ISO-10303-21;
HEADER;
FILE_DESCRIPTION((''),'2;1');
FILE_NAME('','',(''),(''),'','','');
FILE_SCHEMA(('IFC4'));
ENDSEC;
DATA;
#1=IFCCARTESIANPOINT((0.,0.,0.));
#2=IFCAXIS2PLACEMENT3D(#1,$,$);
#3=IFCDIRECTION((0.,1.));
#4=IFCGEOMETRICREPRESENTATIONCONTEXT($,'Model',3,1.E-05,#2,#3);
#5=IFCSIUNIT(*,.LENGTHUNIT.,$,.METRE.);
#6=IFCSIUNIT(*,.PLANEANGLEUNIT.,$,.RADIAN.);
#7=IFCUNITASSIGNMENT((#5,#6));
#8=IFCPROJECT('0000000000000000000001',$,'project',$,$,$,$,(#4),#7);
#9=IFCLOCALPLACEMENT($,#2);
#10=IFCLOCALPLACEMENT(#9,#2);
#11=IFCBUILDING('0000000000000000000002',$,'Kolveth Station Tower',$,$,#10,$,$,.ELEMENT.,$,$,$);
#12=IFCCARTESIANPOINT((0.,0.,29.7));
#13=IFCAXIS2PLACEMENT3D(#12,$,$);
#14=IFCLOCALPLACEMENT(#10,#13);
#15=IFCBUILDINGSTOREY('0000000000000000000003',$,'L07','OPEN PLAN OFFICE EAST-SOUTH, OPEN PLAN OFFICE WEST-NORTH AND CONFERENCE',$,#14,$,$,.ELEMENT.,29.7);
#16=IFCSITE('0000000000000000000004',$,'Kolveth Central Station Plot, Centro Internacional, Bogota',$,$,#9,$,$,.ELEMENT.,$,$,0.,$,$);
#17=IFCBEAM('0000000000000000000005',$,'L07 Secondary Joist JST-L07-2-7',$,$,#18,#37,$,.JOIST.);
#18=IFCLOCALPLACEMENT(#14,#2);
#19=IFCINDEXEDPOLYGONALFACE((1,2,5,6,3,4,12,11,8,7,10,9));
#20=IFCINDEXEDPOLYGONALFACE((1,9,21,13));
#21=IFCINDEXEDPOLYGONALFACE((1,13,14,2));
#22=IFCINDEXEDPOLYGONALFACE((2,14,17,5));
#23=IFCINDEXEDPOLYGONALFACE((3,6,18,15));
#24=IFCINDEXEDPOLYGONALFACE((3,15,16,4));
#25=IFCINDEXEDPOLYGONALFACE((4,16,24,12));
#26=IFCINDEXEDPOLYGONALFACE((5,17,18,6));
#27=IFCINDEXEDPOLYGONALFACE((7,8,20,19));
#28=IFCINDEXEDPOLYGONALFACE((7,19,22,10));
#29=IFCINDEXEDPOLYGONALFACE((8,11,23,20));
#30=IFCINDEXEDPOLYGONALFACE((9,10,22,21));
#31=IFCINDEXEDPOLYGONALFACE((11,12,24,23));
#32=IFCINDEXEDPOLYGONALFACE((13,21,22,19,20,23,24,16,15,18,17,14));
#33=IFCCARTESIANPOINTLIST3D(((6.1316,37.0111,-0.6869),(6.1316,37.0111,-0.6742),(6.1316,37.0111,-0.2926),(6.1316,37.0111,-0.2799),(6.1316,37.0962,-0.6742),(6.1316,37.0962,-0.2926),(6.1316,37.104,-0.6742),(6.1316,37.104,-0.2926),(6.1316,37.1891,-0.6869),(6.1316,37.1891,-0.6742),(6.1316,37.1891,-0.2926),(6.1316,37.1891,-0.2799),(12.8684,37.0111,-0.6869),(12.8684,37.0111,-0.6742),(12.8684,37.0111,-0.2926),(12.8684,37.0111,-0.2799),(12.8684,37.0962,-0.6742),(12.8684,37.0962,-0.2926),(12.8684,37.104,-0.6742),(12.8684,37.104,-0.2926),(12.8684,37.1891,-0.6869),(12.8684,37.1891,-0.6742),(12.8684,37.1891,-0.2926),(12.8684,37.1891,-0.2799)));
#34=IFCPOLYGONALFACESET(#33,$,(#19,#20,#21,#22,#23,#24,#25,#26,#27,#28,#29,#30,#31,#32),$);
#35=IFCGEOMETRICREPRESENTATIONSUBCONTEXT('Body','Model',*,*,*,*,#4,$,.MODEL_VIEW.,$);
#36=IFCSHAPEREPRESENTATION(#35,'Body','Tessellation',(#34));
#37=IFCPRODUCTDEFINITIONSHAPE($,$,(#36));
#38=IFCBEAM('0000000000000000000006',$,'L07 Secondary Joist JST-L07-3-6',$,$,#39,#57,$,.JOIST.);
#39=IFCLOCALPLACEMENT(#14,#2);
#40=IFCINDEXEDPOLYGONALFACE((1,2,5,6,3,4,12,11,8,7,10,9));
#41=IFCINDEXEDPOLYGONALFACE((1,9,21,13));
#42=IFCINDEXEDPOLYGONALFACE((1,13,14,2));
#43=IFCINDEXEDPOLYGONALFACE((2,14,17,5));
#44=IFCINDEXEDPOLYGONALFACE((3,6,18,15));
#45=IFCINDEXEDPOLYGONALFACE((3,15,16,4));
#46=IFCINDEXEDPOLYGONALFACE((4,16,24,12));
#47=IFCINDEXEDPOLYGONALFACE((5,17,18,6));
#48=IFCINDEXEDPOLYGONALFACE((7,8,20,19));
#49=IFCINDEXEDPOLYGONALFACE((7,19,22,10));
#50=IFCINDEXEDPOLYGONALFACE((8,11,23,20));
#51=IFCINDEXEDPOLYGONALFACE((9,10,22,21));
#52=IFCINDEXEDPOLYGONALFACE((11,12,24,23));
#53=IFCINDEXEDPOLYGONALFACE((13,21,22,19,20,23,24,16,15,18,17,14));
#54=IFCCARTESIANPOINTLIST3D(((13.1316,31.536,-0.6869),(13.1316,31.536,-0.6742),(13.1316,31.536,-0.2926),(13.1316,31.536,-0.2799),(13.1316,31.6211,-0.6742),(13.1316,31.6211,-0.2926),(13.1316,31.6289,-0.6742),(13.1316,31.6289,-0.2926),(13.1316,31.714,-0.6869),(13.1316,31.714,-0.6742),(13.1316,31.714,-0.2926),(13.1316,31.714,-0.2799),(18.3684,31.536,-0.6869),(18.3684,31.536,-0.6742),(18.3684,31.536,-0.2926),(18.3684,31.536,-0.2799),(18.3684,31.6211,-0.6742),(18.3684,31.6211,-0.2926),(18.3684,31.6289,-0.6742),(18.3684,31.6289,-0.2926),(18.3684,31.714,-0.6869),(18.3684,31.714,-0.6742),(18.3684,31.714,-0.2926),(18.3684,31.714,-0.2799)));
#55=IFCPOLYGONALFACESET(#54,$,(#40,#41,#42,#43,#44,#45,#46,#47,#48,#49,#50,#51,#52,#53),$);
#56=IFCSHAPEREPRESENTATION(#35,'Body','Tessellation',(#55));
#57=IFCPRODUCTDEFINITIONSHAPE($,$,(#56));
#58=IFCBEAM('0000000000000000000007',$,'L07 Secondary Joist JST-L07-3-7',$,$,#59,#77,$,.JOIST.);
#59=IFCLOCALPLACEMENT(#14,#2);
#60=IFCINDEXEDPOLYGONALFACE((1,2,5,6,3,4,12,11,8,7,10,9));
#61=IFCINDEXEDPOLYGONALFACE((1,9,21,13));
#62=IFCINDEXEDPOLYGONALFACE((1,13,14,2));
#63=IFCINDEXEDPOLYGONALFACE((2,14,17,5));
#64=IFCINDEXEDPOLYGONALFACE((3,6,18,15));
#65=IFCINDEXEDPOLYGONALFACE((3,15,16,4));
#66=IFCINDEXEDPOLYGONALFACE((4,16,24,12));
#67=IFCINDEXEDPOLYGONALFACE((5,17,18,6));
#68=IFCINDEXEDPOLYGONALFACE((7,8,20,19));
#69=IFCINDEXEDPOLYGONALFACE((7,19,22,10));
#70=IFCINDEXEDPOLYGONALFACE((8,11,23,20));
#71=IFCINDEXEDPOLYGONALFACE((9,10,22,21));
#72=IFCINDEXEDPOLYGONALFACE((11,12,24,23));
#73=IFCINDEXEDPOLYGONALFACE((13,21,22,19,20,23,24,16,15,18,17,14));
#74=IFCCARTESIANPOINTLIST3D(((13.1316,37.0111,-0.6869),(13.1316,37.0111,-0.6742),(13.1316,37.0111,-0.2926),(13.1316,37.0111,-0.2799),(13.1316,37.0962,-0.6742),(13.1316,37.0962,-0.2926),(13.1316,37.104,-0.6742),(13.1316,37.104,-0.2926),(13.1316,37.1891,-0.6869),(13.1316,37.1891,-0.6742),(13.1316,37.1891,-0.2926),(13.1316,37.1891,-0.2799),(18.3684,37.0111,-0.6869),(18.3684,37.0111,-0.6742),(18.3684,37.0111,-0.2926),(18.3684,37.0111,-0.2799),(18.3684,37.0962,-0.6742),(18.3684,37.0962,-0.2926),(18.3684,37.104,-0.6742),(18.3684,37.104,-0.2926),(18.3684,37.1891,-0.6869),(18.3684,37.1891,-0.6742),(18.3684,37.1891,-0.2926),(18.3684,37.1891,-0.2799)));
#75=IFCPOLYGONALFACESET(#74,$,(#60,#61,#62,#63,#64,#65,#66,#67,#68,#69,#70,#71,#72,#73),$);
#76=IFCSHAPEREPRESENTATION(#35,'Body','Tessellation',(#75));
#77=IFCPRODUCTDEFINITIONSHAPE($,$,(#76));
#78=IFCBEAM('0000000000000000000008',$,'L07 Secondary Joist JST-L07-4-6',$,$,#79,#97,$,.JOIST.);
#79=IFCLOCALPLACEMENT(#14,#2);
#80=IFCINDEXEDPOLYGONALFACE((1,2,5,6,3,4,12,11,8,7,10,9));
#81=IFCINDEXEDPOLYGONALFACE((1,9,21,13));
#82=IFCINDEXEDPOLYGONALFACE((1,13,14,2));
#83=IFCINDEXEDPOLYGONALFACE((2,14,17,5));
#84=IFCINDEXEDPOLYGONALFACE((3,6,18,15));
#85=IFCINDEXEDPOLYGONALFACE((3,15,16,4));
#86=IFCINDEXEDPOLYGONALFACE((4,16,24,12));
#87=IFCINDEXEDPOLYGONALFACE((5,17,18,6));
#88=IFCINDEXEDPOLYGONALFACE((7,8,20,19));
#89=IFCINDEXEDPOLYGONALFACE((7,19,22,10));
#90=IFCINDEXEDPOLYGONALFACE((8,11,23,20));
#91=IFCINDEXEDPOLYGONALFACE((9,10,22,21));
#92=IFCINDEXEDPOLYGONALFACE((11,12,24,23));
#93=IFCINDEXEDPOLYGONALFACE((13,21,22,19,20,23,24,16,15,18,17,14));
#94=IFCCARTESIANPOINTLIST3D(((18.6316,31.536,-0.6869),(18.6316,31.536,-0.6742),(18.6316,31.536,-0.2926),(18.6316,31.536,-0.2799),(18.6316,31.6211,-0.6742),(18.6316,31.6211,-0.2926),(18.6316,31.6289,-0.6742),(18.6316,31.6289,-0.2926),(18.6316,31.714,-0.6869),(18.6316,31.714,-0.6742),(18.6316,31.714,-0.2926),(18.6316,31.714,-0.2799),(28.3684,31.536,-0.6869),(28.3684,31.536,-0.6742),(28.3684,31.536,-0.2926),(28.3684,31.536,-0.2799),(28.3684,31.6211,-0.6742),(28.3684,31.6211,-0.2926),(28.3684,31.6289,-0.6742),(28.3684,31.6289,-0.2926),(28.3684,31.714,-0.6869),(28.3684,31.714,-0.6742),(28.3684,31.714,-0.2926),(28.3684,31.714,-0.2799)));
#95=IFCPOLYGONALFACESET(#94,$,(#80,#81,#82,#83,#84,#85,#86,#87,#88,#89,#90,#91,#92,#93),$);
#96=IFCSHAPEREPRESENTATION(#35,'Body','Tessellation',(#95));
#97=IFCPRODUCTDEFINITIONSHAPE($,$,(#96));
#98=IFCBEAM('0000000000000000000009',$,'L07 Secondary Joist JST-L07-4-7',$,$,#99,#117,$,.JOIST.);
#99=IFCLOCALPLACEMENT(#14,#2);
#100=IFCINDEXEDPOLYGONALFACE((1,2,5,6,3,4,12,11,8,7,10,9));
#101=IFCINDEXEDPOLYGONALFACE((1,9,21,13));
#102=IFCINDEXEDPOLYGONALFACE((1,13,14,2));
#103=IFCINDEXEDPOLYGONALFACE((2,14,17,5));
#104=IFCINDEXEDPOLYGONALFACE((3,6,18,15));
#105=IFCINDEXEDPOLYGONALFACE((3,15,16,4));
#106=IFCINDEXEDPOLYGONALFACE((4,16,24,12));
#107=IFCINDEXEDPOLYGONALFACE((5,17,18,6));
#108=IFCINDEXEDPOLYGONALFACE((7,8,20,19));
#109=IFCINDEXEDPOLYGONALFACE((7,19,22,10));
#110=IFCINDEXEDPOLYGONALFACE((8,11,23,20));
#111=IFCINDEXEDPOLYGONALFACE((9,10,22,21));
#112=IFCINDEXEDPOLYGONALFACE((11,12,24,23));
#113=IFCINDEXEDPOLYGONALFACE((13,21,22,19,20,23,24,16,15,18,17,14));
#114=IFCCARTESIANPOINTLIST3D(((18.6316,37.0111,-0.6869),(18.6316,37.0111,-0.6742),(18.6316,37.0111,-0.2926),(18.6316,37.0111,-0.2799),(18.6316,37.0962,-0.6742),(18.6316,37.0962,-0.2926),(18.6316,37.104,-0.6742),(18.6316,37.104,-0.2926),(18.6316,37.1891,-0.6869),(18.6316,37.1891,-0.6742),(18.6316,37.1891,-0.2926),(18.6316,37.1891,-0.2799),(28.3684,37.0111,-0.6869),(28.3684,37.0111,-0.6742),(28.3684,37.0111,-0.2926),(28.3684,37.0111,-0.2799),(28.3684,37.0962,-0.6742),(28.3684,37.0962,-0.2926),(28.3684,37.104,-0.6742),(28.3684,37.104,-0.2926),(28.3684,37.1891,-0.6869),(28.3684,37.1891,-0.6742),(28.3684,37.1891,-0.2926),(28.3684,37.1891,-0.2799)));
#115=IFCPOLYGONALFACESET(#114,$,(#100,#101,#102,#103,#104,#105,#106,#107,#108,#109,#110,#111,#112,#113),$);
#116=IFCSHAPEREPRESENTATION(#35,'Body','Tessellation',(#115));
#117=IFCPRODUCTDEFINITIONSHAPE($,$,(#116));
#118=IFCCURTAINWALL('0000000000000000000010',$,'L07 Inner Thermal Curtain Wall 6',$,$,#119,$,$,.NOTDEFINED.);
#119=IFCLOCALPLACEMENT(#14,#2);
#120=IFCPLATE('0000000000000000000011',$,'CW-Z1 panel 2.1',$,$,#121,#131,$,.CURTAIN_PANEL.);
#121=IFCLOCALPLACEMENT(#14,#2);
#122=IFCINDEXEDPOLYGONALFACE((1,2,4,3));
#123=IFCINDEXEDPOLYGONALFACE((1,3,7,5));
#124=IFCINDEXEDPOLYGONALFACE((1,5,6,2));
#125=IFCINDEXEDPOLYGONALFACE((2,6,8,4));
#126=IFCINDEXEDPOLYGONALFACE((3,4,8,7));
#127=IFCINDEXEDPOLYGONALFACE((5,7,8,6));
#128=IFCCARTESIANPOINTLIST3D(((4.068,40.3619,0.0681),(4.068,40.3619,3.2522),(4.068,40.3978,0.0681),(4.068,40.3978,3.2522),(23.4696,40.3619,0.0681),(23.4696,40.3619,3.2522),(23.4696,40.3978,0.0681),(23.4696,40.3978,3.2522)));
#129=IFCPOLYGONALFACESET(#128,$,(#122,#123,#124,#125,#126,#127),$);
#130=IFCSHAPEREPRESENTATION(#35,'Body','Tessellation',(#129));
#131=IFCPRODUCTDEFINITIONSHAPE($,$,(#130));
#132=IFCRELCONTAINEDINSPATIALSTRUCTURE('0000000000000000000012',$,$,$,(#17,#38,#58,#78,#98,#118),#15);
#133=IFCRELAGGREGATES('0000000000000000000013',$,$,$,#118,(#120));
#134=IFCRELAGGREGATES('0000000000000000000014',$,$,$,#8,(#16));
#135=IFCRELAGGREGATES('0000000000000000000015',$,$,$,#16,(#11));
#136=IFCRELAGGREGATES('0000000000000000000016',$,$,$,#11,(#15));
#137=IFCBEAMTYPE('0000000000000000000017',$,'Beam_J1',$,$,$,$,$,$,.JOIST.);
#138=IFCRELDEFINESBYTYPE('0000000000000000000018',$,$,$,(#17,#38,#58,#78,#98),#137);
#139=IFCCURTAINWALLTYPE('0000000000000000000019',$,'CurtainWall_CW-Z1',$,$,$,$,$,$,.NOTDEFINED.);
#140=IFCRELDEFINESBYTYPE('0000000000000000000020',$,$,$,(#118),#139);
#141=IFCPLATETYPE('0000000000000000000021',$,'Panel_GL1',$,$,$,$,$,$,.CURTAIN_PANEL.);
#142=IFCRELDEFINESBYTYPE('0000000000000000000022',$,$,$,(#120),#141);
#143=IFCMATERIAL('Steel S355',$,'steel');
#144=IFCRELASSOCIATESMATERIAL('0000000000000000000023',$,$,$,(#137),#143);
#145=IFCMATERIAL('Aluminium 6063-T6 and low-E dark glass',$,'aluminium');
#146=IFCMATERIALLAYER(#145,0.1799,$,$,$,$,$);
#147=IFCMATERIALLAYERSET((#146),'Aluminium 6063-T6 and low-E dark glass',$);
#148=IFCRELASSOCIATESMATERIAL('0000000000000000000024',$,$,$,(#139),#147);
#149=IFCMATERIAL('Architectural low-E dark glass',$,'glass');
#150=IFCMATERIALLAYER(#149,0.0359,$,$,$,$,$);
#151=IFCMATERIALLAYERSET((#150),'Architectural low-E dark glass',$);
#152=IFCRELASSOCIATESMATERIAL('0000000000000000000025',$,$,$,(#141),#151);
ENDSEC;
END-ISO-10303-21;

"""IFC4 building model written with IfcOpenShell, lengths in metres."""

from ifc_helpers import new_model, si_unit, direction, frame, origin, origin_2d, place, context, subcontext, project, spatial, rectangle, i_section, extrude, source, transform, mapped, material, layer, layer_set, material_profile, profile_set, type_object, element, aggregate, save


model = new_model("IFC4")

# Units and contexts
model_context = context("Model", 3, precision=1e-05, world=origin(), true_north=direction((0.0, 1.0)))
body_context = subcontext(model_context, "Body", "Model", "MODEL_VIEW")
ifc_project = project(units=[si_unit("LENGTHUNIT", "METRE"), si_unit("PLANEANGLEUNIT", "RADIAN")], contexts=[model_context])

# Site, building, storey
site_placement = place(None, origin())
site = spatial("IfcSite", under=ifc_project, at=site_placement, Name="Kolveth Central Station Plot, Centro Internacional, Bogota", CompositionType="ELEMENT", RefElevation=0.0)
building_placement = place(site_placement, origin())
building = spatial("IfcBuilding", under=site, at=building_placement, Name="Kolveth Station Tower", CompositionType="ELEMENT")
storey_placement = place(building_placement, frame((0.0, 0.0, 29.7)))
storey = spatial("IfcBuildingStorey", under=building, at=storey_placement, Name="L07", Description="OPEN PLAN OFFICE EAST-SOUTH, OPEN PLAN OFFICE WEST-NORTH AND CONFERENCE", CompositionType="ELEMENT", Elevation=29.7)

# Shared definitions
ifc_material_1 = material(Name="Steel S355", Category="steel")

# Beams
ifc_material_profile_1 = material_profile(ifc_material_1, i_section(OverallWidth=0.178, OverallDepth=0.407, WebThickness=0.0078, FlangeThickness=0.0127, at=origin_2d()), Name="W410x60")
ifc_profile_set_1 = profile_set([ifc_material_profile_1], Name="Steel S355")
beam_type_1 = type_object("IfcBeamType", Name="Beam_J1", PredefinedType="JOIST", material=ifc_profile_set_1)
shared_shape_1 = source(origin(), body_context, "Body", "SweptSolid", [
    extrude(i_section(OverallWidth=0.178, OverallDepth=0.407, WebThickness=0.0078, FlangeThickness=0.0127, at=origin_2d()), origin(), (0.0, 0.0, 1.0), 6.7368),
])
for number, where, z_axis, x_axis, name in (
    (1, (6.1316, 37.1001, -0.4834), (1.0, 0.0, 0.0), (0.0, 1.0, 0.0), "L07 Secondary Joist JST-L07-2-7"),
):
    element("IfcBeam", number, at=place(storey_placement, frame(where, z_axis=z_axis, x_axis=x_axis)), inside=storey, type_object=beam_type_1, Name=name, PredefinedType="JOIST", context=body_context, shape_type="MappedRepresentation", body=[
        mapped(shared_shape_1, transform((0.0, 0.0, 0.0), x_axis=(1.0, 0.0, 0.0), y_axis=(0.0, 1.0, 0.0), z_axis=(0.0, 0.0, 1.0), scale=1.0)),
    ])
shared_shape_2 = source(origin(), body_context, "Body", "SweptSolid", [
    extrude(i_section(OverallWidth=0.178, OverallDepth=0.407, WebThickness=0.0078, FlangeThickness=0.0127, at=origin_2d()), origin(), (0.0, 0.0, 1.0), 5.2368),
])
for number, where, z_axis, x_axis, name in (
    (2, (13.1316, 31.625, -0.4834), (1.0, 0.0, 0.0), (0.0, 1.0, 0.0), "L07 Secondary Joist JST-L07-3-6"),
    (3, (13.1316, 37.1001, -0.4834), (1.0, 0.0, 0.0), (0.0, 1.0, 0.0), "L07 Secondary Joist JST-L07-3-7"),
):
    element("IfcBeam", number, at=place(storey_placement, frame(where, z_axis=z_axis, x_axis=x_axis)), inside=storey, type_object=beam_type_1, Name=name, PredefinedType="JOIST", context=body_context, shape_type="MappedRepresentation", body=[
        mapped(shared_shape_2, transform((0.0, 0.0, 0.0), x_axis=(1.0, 0.0, 0.0), y_axis=(0.0, 1.0, 0.0), z_axis=(0.0, 0.0, 1.0), scale=1.0)),
    ])
shared_shape_3 = source(origin(), body_context, "Body", "SweptSolid", [
    extrude(i_section(OverallWidth=0.178, OverallDepth=0.407, WebThickness=0.0078, FlangeThickness=0.0127, at=origin_2d()), origin(), (0.0, 0.0, 1.0), 9.7368),
])
for number, where, z_axis, x_axis, name in (
    (4, (18.6316, 31.625, -0.4834), (1.0, 0.0, 0.0), (0.0, 1.0, 0.0), "L07 Secondary Joist JST-L07-4-6"),
    (5, (18.6316, 37.1001, -0.4834), (1.0, 0.0, 0.0), (0.0, 1.0, 0.0), "L07 Secondary Joist JST-L07-4-7"),
):
    element("IfcBeam", number, at=place(storey_placement, frame(where, z_axis=z_axis, x_axis=x_axis)), inside=storey, type_object=beam_type_1, Name=name, PredefinedType="JOIST", context=body_context, shape_type="MappedRepresentation", body=[
        mapped(shared_shape_3, transform((0.0, 0.0, 0.0), x_axis=(1.0, 0.0, 0.0), y_axis=(0.0, 1.0, 0.0), z_axis=(0.0, 0.0, 1.0), scale=1.0)),
    ])

# Curtain wall, plate
ifc_material_2 = material(Name="Aluminium 6063-T6 and low-E dark glass", Category="aluminium")
ifc_layer_1 = layer(ifc_material_2, 0.1799)
ifc_layer_set_1 = layer_set([ifc_layer_1], Name="Aluminium 6063-T6 and low-E dark glass")
curtain_wall_type = type_object("IfcCurtainWallType", Name="CurtainWall_CW-Z1", PredefinedType="NOTDEFINED", material=ifc_layer_set_1)
curtain_wall_placement = place(storey_placement, origin())
curtain_wall = element("IfcCurtainWall", 6, at=curtain_wall_placement, inside=storey, type_object=curtain_wall_type, Name="L07 Inner Thermal Curtain Wall 6", PredefinedType="NOTDEFINED")
ifc_material_3 = material(Name="Architectural low-E dark glass", Category="glass")
ifc_layer_2 = layer(ifc_material_3, 0.0359)
ifc_layer_set_2 = layer_set([ifc_layer_2], Name="Architectural low-E dark glass")
plate_type = type_object("IfcPlateType", Name="Panel_GL1", PredefinedType="CURTAIN_PANEL", material=ifc_layer_set_2)
shared_shape_4 = source(origin(), body_context, "Body", "SweptSolid", [
    extrude(rectangle(XDim=19.4016, YDim=0.0359, at=origin_2d()), origin(), (0.0, 0.0, 1.0), 3.1841),
])
plate_placement = place(storey_placement, frame((13.7688, 40.3799, 0.0681), z_axis=(0.0, 0.0, 1.0), x_axis=(-1.0, 0.0, 0.0)))
plate = element("IfcPlate", 7, at=plate_placement, type_object=plate_type, Name="CW-Z1 panel 2.1", PredefinedType="CURTAIN_PANEL", context=body_context, shape_type="MappedRepresentation", body=[
    mapped(shared_shape_4, transform((0.0, 0.0, 0.0), x_axis=(1.0, 0.0, 0.0), y_axis=(0.0, 1.0, 0.0), z_axis=(0.0, 0.0, 1.0), scale=1.0)),
])
aggregate(curtain_wall, [plate])

save(model, "model.ifc")
